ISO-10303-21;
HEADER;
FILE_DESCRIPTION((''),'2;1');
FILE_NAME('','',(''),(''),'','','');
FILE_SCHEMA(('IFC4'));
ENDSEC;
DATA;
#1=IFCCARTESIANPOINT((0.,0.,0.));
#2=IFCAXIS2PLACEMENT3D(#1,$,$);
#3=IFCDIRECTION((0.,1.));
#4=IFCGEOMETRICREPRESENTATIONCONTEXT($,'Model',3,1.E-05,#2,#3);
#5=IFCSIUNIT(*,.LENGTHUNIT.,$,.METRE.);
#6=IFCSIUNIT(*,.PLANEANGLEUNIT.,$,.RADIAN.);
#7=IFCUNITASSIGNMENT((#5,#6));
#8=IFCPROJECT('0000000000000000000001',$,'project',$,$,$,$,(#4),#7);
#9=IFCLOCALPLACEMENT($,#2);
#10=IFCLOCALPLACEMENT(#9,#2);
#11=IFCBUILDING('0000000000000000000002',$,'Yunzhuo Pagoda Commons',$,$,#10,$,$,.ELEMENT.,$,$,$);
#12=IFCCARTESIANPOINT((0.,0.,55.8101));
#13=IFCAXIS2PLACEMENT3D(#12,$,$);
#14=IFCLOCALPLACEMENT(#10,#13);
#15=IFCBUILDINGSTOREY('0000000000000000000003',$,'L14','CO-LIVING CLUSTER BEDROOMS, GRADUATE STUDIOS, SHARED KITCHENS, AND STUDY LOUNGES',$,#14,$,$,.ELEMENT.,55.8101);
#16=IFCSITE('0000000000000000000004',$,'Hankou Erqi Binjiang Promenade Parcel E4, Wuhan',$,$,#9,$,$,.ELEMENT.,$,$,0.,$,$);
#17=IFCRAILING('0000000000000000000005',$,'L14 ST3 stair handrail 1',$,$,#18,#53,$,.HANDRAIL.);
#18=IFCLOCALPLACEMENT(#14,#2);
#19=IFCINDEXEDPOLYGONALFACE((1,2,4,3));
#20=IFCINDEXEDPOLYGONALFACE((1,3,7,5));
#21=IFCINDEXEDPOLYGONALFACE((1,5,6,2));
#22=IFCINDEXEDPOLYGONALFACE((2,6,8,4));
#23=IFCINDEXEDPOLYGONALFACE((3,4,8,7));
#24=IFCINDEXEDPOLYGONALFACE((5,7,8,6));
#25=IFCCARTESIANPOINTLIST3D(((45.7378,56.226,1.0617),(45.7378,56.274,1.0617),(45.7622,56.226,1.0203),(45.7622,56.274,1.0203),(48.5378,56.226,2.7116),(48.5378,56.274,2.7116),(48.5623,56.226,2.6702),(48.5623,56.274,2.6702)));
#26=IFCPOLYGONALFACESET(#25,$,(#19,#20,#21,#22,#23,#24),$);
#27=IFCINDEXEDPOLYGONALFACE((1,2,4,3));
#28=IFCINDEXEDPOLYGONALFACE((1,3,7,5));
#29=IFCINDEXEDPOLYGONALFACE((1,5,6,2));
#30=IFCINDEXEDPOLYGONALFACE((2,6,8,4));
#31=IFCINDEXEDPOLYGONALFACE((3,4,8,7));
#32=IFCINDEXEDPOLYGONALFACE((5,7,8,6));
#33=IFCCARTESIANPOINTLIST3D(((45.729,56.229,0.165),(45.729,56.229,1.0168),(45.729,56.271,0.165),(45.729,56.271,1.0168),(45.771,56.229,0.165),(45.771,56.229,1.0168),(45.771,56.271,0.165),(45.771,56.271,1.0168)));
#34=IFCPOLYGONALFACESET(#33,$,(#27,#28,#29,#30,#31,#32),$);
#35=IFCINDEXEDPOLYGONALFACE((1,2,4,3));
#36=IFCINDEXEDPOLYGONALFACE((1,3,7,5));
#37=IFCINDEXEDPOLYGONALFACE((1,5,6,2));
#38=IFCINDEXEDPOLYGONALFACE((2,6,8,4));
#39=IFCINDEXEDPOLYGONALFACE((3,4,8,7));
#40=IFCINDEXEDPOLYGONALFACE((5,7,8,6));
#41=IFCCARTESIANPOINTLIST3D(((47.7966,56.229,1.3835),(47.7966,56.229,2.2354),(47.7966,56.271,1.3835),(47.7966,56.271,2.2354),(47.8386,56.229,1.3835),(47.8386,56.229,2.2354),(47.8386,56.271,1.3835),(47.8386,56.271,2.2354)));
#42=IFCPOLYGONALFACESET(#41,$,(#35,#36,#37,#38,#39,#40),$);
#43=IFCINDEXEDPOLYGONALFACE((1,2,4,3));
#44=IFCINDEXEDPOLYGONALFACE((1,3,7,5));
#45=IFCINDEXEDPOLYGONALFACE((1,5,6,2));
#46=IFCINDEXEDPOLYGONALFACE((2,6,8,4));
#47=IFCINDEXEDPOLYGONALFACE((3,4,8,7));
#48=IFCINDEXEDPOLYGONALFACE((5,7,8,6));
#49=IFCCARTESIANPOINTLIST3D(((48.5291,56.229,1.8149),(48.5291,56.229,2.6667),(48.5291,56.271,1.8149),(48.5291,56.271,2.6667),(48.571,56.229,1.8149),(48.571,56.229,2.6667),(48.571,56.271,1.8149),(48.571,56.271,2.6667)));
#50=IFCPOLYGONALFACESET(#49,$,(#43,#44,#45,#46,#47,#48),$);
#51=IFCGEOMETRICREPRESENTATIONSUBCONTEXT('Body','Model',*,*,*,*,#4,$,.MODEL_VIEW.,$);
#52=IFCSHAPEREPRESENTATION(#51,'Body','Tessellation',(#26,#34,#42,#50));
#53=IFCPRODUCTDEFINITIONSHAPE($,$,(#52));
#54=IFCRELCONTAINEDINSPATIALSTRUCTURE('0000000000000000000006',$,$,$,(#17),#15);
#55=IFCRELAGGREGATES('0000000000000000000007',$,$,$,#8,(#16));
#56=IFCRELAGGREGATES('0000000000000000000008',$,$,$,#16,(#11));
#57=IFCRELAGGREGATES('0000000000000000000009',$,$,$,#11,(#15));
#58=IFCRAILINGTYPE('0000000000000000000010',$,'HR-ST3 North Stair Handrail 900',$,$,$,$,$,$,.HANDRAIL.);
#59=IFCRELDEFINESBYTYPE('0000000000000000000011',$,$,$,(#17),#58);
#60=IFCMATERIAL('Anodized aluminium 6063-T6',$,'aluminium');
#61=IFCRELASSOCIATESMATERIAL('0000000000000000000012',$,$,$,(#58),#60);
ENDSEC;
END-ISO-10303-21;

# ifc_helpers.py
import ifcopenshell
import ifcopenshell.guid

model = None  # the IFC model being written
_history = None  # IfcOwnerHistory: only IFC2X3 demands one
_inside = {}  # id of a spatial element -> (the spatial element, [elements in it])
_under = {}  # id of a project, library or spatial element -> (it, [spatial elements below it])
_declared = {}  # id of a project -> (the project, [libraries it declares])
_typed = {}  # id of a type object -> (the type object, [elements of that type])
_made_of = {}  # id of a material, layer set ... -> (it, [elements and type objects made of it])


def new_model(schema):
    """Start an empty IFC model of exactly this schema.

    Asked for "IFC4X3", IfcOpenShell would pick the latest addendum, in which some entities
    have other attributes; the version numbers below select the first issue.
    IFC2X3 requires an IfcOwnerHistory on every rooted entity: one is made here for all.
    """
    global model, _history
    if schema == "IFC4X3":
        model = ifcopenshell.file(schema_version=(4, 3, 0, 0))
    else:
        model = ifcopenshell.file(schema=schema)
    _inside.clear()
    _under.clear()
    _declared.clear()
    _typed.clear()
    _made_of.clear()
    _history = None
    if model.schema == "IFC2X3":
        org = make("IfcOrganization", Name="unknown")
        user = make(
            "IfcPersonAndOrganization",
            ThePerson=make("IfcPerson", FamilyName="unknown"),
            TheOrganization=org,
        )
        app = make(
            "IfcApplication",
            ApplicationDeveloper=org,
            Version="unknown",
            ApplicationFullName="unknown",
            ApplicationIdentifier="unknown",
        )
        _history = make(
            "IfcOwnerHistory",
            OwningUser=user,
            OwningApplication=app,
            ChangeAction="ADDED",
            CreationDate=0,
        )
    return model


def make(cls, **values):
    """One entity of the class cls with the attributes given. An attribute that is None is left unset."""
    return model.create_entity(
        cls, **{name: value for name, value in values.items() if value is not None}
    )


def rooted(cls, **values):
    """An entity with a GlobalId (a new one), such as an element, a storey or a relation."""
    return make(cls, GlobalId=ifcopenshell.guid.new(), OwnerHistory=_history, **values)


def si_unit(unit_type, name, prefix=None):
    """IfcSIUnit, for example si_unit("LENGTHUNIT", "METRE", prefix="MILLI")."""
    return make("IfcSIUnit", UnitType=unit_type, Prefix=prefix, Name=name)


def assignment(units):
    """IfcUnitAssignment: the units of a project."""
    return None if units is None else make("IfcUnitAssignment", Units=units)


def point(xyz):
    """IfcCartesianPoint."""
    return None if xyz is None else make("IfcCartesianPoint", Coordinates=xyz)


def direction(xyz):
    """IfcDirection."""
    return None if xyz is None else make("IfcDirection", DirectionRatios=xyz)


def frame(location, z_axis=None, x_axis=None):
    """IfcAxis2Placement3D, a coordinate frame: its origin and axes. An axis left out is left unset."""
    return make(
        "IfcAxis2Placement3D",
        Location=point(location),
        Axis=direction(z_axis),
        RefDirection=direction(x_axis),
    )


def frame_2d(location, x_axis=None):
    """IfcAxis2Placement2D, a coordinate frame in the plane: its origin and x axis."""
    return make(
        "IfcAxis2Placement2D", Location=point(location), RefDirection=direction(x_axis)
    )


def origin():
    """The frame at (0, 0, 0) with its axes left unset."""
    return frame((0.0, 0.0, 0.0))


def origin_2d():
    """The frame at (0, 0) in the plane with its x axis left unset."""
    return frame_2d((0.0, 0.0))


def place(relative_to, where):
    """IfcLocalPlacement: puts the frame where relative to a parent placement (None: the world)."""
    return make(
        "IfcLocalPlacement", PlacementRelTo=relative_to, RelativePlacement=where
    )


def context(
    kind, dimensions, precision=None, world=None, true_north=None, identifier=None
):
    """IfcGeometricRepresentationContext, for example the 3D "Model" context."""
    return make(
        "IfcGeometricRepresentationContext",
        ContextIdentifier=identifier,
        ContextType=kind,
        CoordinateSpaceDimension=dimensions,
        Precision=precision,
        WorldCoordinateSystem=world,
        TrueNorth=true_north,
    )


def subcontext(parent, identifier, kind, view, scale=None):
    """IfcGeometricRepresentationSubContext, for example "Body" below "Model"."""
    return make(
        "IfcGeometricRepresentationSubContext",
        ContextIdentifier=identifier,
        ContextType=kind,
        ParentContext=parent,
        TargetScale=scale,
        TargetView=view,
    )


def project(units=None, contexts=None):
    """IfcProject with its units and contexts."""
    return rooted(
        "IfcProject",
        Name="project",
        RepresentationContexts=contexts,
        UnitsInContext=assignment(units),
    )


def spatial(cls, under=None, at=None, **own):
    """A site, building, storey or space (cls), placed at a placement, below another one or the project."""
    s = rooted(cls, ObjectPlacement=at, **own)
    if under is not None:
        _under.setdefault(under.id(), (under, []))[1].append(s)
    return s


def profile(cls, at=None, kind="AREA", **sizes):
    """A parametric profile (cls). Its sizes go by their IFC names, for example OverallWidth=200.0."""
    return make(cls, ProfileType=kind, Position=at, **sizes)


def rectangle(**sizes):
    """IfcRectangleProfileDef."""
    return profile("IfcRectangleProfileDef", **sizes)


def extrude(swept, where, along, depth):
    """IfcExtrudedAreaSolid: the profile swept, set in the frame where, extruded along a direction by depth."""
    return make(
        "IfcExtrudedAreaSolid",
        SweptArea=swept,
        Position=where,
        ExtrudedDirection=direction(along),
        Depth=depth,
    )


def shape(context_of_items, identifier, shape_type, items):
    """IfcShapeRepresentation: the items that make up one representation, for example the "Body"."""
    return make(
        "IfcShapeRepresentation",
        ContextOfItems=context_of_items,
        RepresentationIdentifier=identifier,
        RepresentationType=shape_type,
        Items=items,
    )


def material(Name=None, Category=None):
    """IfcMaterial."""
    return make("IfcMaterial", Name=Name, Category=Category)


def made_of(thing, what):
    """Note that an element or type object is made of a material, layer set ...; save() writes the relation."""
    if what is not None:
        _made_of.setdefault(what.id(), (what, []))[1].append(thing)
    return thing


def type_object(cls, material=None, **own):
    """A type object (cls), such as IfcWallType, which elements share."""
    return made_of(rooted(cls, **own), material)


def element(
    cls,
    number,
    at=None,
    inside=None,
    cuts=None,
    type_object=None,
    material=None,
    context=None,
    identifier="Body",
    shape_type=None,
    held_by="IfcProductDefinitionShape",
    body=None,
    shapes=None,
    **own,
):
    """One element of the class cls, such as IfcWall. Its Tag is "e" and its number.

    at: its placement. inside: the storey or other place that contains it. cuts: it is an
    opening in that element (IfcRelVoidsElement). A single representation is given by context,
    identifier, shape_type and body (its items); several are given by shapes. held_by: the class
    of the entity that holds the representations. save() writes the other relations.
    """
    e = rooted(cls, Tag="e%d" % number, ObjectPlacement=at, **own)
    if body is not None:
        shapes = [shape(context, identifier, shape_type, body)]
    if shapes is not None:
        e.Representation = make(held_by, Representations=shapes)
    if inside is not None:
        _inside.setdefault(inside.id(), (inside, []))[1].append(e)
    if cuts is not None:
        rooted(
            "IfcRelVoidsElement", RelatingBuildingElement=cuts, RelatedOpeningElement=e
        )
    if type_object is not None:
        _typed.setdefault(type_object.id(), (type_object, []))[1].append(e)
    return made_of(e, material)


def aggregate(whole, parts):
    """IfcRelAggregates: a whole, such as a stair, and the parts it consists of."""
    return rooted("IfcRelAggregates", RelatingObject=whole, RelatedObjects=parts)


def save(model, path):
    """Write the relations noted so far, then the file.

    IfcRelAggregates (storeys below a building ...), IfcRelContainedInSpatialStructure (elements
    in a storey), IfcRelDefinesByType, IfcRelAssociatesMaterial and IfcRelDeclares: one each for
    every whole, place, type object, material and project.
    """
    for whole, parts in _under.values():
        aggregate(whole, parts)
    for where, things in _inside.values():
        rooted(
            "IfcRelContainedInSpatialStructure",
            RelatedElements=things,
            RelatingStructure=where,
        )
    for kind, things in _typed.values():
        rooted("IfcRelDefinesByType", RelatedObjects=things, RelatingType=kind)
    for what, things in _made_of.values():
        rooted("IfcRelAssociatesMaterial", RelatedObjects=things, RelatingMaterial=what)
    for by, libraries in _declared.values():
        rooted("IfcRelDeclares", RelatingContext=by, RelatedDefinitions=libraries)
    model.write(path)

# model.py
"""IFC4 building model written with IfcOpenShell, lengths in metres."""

from ifc_helpers import new_model, si_unit, direction, frame, origin, origin_2d, place, context, subcontext, project, spatial, rectangle, extrude, material, type_object, element, save


model = new_model("IFC4")

# Units and contexts
model_context = context("Model", 3, precision=1e-05, world=origin(), true_north=direction((0.0, 1.0)))
body_context = subcontext(model_context, "Body", "Model", "MODEL_VIEW")
ifc_project = project(units=[si_unit("LENGTHUNIT", "METRE"), si_unit("PLANEANGLEUNIT", "RADIAN")], contexts=[model_context])

# Site, building, storey
site_placement = place(None, origin())
site = spatial("IfcSite", under=ifc_project, at=site_placement, Name="Hankou Erqi Binjiang Promenade Parcel E4, Wuhan", CompositionType="ELEMENT", RefElevation=0.0)
building_placement = place(site_placement, origin())
building = spatial("IfcBuilding", under=site, at=building_placement, Name="Yunzhuo Pagoda Commons", CompositionType="ELEMENT")
storey_placement = place(building_placement, frame((0.0, 0.0, 55.8101)))
storey = spatial("IfcBuildingStorey", under=building, at=storey_placement, Name="L14", Description="CO-LIVING CLUSTER BEDROOMS, GRADUATE STUDIOS, SHARED KITCHENS, AND STUDY LOUNGES", CompositionType="ELEMENT", Elevation=55.8101)

# Shared definitions
ifc_material_1 = material(Name="Anodized aluminium 6063-T6", Category="aluminium")

# Railing
railing_type_1 = type_object("IfcRailingType", Name="HR-ST3 North Stair Handrail 900", PredefinedType="HANDRAIL", material=ifc_material_1)
railing_1_placement = place(storey_placement, frame((45.75, 56.25, 0.165)))
element("IfcRailing", 1, at=railing_1_placement, inside=storey, type_object=railing_type_1, Name="L14 ST3 stair handrail 1", PredefinedType="HANDRAIL", context=body_context, shape_type="SweptSolid", body=[
    extrude(rectangle(XDim=0.0481, YDim=0.0481, at=origin_2d()), frame((0.0, 0.0, 0.876), z_axis=(0.861555, 0.0, 0.507663), x_axis=(0.0, 1.0, 0.0)), (0.0, 0.0, 1.0), 3.25),
    extrude(rectangle(XDim=0.042, YDim=0.042, at=origin_2d()), origin(), (0.0, 0.0, 1.0), 0.8518),
    extrude(rectangle(XDim=0.042, YDim=0.042, at=origin_2d()), frame((2.0676, 0.0, 1.2185)), (0.0, 0.0, 1.0), 0.8518),
    extrude(rectangle(XDim=0.042, YDim=0.042, at=origin_2d()), frame((2.8, 0.0, 1.6499)), (0.0, 0.0, 1.0), 0.8518),
])

save(model, "model.ifc")
